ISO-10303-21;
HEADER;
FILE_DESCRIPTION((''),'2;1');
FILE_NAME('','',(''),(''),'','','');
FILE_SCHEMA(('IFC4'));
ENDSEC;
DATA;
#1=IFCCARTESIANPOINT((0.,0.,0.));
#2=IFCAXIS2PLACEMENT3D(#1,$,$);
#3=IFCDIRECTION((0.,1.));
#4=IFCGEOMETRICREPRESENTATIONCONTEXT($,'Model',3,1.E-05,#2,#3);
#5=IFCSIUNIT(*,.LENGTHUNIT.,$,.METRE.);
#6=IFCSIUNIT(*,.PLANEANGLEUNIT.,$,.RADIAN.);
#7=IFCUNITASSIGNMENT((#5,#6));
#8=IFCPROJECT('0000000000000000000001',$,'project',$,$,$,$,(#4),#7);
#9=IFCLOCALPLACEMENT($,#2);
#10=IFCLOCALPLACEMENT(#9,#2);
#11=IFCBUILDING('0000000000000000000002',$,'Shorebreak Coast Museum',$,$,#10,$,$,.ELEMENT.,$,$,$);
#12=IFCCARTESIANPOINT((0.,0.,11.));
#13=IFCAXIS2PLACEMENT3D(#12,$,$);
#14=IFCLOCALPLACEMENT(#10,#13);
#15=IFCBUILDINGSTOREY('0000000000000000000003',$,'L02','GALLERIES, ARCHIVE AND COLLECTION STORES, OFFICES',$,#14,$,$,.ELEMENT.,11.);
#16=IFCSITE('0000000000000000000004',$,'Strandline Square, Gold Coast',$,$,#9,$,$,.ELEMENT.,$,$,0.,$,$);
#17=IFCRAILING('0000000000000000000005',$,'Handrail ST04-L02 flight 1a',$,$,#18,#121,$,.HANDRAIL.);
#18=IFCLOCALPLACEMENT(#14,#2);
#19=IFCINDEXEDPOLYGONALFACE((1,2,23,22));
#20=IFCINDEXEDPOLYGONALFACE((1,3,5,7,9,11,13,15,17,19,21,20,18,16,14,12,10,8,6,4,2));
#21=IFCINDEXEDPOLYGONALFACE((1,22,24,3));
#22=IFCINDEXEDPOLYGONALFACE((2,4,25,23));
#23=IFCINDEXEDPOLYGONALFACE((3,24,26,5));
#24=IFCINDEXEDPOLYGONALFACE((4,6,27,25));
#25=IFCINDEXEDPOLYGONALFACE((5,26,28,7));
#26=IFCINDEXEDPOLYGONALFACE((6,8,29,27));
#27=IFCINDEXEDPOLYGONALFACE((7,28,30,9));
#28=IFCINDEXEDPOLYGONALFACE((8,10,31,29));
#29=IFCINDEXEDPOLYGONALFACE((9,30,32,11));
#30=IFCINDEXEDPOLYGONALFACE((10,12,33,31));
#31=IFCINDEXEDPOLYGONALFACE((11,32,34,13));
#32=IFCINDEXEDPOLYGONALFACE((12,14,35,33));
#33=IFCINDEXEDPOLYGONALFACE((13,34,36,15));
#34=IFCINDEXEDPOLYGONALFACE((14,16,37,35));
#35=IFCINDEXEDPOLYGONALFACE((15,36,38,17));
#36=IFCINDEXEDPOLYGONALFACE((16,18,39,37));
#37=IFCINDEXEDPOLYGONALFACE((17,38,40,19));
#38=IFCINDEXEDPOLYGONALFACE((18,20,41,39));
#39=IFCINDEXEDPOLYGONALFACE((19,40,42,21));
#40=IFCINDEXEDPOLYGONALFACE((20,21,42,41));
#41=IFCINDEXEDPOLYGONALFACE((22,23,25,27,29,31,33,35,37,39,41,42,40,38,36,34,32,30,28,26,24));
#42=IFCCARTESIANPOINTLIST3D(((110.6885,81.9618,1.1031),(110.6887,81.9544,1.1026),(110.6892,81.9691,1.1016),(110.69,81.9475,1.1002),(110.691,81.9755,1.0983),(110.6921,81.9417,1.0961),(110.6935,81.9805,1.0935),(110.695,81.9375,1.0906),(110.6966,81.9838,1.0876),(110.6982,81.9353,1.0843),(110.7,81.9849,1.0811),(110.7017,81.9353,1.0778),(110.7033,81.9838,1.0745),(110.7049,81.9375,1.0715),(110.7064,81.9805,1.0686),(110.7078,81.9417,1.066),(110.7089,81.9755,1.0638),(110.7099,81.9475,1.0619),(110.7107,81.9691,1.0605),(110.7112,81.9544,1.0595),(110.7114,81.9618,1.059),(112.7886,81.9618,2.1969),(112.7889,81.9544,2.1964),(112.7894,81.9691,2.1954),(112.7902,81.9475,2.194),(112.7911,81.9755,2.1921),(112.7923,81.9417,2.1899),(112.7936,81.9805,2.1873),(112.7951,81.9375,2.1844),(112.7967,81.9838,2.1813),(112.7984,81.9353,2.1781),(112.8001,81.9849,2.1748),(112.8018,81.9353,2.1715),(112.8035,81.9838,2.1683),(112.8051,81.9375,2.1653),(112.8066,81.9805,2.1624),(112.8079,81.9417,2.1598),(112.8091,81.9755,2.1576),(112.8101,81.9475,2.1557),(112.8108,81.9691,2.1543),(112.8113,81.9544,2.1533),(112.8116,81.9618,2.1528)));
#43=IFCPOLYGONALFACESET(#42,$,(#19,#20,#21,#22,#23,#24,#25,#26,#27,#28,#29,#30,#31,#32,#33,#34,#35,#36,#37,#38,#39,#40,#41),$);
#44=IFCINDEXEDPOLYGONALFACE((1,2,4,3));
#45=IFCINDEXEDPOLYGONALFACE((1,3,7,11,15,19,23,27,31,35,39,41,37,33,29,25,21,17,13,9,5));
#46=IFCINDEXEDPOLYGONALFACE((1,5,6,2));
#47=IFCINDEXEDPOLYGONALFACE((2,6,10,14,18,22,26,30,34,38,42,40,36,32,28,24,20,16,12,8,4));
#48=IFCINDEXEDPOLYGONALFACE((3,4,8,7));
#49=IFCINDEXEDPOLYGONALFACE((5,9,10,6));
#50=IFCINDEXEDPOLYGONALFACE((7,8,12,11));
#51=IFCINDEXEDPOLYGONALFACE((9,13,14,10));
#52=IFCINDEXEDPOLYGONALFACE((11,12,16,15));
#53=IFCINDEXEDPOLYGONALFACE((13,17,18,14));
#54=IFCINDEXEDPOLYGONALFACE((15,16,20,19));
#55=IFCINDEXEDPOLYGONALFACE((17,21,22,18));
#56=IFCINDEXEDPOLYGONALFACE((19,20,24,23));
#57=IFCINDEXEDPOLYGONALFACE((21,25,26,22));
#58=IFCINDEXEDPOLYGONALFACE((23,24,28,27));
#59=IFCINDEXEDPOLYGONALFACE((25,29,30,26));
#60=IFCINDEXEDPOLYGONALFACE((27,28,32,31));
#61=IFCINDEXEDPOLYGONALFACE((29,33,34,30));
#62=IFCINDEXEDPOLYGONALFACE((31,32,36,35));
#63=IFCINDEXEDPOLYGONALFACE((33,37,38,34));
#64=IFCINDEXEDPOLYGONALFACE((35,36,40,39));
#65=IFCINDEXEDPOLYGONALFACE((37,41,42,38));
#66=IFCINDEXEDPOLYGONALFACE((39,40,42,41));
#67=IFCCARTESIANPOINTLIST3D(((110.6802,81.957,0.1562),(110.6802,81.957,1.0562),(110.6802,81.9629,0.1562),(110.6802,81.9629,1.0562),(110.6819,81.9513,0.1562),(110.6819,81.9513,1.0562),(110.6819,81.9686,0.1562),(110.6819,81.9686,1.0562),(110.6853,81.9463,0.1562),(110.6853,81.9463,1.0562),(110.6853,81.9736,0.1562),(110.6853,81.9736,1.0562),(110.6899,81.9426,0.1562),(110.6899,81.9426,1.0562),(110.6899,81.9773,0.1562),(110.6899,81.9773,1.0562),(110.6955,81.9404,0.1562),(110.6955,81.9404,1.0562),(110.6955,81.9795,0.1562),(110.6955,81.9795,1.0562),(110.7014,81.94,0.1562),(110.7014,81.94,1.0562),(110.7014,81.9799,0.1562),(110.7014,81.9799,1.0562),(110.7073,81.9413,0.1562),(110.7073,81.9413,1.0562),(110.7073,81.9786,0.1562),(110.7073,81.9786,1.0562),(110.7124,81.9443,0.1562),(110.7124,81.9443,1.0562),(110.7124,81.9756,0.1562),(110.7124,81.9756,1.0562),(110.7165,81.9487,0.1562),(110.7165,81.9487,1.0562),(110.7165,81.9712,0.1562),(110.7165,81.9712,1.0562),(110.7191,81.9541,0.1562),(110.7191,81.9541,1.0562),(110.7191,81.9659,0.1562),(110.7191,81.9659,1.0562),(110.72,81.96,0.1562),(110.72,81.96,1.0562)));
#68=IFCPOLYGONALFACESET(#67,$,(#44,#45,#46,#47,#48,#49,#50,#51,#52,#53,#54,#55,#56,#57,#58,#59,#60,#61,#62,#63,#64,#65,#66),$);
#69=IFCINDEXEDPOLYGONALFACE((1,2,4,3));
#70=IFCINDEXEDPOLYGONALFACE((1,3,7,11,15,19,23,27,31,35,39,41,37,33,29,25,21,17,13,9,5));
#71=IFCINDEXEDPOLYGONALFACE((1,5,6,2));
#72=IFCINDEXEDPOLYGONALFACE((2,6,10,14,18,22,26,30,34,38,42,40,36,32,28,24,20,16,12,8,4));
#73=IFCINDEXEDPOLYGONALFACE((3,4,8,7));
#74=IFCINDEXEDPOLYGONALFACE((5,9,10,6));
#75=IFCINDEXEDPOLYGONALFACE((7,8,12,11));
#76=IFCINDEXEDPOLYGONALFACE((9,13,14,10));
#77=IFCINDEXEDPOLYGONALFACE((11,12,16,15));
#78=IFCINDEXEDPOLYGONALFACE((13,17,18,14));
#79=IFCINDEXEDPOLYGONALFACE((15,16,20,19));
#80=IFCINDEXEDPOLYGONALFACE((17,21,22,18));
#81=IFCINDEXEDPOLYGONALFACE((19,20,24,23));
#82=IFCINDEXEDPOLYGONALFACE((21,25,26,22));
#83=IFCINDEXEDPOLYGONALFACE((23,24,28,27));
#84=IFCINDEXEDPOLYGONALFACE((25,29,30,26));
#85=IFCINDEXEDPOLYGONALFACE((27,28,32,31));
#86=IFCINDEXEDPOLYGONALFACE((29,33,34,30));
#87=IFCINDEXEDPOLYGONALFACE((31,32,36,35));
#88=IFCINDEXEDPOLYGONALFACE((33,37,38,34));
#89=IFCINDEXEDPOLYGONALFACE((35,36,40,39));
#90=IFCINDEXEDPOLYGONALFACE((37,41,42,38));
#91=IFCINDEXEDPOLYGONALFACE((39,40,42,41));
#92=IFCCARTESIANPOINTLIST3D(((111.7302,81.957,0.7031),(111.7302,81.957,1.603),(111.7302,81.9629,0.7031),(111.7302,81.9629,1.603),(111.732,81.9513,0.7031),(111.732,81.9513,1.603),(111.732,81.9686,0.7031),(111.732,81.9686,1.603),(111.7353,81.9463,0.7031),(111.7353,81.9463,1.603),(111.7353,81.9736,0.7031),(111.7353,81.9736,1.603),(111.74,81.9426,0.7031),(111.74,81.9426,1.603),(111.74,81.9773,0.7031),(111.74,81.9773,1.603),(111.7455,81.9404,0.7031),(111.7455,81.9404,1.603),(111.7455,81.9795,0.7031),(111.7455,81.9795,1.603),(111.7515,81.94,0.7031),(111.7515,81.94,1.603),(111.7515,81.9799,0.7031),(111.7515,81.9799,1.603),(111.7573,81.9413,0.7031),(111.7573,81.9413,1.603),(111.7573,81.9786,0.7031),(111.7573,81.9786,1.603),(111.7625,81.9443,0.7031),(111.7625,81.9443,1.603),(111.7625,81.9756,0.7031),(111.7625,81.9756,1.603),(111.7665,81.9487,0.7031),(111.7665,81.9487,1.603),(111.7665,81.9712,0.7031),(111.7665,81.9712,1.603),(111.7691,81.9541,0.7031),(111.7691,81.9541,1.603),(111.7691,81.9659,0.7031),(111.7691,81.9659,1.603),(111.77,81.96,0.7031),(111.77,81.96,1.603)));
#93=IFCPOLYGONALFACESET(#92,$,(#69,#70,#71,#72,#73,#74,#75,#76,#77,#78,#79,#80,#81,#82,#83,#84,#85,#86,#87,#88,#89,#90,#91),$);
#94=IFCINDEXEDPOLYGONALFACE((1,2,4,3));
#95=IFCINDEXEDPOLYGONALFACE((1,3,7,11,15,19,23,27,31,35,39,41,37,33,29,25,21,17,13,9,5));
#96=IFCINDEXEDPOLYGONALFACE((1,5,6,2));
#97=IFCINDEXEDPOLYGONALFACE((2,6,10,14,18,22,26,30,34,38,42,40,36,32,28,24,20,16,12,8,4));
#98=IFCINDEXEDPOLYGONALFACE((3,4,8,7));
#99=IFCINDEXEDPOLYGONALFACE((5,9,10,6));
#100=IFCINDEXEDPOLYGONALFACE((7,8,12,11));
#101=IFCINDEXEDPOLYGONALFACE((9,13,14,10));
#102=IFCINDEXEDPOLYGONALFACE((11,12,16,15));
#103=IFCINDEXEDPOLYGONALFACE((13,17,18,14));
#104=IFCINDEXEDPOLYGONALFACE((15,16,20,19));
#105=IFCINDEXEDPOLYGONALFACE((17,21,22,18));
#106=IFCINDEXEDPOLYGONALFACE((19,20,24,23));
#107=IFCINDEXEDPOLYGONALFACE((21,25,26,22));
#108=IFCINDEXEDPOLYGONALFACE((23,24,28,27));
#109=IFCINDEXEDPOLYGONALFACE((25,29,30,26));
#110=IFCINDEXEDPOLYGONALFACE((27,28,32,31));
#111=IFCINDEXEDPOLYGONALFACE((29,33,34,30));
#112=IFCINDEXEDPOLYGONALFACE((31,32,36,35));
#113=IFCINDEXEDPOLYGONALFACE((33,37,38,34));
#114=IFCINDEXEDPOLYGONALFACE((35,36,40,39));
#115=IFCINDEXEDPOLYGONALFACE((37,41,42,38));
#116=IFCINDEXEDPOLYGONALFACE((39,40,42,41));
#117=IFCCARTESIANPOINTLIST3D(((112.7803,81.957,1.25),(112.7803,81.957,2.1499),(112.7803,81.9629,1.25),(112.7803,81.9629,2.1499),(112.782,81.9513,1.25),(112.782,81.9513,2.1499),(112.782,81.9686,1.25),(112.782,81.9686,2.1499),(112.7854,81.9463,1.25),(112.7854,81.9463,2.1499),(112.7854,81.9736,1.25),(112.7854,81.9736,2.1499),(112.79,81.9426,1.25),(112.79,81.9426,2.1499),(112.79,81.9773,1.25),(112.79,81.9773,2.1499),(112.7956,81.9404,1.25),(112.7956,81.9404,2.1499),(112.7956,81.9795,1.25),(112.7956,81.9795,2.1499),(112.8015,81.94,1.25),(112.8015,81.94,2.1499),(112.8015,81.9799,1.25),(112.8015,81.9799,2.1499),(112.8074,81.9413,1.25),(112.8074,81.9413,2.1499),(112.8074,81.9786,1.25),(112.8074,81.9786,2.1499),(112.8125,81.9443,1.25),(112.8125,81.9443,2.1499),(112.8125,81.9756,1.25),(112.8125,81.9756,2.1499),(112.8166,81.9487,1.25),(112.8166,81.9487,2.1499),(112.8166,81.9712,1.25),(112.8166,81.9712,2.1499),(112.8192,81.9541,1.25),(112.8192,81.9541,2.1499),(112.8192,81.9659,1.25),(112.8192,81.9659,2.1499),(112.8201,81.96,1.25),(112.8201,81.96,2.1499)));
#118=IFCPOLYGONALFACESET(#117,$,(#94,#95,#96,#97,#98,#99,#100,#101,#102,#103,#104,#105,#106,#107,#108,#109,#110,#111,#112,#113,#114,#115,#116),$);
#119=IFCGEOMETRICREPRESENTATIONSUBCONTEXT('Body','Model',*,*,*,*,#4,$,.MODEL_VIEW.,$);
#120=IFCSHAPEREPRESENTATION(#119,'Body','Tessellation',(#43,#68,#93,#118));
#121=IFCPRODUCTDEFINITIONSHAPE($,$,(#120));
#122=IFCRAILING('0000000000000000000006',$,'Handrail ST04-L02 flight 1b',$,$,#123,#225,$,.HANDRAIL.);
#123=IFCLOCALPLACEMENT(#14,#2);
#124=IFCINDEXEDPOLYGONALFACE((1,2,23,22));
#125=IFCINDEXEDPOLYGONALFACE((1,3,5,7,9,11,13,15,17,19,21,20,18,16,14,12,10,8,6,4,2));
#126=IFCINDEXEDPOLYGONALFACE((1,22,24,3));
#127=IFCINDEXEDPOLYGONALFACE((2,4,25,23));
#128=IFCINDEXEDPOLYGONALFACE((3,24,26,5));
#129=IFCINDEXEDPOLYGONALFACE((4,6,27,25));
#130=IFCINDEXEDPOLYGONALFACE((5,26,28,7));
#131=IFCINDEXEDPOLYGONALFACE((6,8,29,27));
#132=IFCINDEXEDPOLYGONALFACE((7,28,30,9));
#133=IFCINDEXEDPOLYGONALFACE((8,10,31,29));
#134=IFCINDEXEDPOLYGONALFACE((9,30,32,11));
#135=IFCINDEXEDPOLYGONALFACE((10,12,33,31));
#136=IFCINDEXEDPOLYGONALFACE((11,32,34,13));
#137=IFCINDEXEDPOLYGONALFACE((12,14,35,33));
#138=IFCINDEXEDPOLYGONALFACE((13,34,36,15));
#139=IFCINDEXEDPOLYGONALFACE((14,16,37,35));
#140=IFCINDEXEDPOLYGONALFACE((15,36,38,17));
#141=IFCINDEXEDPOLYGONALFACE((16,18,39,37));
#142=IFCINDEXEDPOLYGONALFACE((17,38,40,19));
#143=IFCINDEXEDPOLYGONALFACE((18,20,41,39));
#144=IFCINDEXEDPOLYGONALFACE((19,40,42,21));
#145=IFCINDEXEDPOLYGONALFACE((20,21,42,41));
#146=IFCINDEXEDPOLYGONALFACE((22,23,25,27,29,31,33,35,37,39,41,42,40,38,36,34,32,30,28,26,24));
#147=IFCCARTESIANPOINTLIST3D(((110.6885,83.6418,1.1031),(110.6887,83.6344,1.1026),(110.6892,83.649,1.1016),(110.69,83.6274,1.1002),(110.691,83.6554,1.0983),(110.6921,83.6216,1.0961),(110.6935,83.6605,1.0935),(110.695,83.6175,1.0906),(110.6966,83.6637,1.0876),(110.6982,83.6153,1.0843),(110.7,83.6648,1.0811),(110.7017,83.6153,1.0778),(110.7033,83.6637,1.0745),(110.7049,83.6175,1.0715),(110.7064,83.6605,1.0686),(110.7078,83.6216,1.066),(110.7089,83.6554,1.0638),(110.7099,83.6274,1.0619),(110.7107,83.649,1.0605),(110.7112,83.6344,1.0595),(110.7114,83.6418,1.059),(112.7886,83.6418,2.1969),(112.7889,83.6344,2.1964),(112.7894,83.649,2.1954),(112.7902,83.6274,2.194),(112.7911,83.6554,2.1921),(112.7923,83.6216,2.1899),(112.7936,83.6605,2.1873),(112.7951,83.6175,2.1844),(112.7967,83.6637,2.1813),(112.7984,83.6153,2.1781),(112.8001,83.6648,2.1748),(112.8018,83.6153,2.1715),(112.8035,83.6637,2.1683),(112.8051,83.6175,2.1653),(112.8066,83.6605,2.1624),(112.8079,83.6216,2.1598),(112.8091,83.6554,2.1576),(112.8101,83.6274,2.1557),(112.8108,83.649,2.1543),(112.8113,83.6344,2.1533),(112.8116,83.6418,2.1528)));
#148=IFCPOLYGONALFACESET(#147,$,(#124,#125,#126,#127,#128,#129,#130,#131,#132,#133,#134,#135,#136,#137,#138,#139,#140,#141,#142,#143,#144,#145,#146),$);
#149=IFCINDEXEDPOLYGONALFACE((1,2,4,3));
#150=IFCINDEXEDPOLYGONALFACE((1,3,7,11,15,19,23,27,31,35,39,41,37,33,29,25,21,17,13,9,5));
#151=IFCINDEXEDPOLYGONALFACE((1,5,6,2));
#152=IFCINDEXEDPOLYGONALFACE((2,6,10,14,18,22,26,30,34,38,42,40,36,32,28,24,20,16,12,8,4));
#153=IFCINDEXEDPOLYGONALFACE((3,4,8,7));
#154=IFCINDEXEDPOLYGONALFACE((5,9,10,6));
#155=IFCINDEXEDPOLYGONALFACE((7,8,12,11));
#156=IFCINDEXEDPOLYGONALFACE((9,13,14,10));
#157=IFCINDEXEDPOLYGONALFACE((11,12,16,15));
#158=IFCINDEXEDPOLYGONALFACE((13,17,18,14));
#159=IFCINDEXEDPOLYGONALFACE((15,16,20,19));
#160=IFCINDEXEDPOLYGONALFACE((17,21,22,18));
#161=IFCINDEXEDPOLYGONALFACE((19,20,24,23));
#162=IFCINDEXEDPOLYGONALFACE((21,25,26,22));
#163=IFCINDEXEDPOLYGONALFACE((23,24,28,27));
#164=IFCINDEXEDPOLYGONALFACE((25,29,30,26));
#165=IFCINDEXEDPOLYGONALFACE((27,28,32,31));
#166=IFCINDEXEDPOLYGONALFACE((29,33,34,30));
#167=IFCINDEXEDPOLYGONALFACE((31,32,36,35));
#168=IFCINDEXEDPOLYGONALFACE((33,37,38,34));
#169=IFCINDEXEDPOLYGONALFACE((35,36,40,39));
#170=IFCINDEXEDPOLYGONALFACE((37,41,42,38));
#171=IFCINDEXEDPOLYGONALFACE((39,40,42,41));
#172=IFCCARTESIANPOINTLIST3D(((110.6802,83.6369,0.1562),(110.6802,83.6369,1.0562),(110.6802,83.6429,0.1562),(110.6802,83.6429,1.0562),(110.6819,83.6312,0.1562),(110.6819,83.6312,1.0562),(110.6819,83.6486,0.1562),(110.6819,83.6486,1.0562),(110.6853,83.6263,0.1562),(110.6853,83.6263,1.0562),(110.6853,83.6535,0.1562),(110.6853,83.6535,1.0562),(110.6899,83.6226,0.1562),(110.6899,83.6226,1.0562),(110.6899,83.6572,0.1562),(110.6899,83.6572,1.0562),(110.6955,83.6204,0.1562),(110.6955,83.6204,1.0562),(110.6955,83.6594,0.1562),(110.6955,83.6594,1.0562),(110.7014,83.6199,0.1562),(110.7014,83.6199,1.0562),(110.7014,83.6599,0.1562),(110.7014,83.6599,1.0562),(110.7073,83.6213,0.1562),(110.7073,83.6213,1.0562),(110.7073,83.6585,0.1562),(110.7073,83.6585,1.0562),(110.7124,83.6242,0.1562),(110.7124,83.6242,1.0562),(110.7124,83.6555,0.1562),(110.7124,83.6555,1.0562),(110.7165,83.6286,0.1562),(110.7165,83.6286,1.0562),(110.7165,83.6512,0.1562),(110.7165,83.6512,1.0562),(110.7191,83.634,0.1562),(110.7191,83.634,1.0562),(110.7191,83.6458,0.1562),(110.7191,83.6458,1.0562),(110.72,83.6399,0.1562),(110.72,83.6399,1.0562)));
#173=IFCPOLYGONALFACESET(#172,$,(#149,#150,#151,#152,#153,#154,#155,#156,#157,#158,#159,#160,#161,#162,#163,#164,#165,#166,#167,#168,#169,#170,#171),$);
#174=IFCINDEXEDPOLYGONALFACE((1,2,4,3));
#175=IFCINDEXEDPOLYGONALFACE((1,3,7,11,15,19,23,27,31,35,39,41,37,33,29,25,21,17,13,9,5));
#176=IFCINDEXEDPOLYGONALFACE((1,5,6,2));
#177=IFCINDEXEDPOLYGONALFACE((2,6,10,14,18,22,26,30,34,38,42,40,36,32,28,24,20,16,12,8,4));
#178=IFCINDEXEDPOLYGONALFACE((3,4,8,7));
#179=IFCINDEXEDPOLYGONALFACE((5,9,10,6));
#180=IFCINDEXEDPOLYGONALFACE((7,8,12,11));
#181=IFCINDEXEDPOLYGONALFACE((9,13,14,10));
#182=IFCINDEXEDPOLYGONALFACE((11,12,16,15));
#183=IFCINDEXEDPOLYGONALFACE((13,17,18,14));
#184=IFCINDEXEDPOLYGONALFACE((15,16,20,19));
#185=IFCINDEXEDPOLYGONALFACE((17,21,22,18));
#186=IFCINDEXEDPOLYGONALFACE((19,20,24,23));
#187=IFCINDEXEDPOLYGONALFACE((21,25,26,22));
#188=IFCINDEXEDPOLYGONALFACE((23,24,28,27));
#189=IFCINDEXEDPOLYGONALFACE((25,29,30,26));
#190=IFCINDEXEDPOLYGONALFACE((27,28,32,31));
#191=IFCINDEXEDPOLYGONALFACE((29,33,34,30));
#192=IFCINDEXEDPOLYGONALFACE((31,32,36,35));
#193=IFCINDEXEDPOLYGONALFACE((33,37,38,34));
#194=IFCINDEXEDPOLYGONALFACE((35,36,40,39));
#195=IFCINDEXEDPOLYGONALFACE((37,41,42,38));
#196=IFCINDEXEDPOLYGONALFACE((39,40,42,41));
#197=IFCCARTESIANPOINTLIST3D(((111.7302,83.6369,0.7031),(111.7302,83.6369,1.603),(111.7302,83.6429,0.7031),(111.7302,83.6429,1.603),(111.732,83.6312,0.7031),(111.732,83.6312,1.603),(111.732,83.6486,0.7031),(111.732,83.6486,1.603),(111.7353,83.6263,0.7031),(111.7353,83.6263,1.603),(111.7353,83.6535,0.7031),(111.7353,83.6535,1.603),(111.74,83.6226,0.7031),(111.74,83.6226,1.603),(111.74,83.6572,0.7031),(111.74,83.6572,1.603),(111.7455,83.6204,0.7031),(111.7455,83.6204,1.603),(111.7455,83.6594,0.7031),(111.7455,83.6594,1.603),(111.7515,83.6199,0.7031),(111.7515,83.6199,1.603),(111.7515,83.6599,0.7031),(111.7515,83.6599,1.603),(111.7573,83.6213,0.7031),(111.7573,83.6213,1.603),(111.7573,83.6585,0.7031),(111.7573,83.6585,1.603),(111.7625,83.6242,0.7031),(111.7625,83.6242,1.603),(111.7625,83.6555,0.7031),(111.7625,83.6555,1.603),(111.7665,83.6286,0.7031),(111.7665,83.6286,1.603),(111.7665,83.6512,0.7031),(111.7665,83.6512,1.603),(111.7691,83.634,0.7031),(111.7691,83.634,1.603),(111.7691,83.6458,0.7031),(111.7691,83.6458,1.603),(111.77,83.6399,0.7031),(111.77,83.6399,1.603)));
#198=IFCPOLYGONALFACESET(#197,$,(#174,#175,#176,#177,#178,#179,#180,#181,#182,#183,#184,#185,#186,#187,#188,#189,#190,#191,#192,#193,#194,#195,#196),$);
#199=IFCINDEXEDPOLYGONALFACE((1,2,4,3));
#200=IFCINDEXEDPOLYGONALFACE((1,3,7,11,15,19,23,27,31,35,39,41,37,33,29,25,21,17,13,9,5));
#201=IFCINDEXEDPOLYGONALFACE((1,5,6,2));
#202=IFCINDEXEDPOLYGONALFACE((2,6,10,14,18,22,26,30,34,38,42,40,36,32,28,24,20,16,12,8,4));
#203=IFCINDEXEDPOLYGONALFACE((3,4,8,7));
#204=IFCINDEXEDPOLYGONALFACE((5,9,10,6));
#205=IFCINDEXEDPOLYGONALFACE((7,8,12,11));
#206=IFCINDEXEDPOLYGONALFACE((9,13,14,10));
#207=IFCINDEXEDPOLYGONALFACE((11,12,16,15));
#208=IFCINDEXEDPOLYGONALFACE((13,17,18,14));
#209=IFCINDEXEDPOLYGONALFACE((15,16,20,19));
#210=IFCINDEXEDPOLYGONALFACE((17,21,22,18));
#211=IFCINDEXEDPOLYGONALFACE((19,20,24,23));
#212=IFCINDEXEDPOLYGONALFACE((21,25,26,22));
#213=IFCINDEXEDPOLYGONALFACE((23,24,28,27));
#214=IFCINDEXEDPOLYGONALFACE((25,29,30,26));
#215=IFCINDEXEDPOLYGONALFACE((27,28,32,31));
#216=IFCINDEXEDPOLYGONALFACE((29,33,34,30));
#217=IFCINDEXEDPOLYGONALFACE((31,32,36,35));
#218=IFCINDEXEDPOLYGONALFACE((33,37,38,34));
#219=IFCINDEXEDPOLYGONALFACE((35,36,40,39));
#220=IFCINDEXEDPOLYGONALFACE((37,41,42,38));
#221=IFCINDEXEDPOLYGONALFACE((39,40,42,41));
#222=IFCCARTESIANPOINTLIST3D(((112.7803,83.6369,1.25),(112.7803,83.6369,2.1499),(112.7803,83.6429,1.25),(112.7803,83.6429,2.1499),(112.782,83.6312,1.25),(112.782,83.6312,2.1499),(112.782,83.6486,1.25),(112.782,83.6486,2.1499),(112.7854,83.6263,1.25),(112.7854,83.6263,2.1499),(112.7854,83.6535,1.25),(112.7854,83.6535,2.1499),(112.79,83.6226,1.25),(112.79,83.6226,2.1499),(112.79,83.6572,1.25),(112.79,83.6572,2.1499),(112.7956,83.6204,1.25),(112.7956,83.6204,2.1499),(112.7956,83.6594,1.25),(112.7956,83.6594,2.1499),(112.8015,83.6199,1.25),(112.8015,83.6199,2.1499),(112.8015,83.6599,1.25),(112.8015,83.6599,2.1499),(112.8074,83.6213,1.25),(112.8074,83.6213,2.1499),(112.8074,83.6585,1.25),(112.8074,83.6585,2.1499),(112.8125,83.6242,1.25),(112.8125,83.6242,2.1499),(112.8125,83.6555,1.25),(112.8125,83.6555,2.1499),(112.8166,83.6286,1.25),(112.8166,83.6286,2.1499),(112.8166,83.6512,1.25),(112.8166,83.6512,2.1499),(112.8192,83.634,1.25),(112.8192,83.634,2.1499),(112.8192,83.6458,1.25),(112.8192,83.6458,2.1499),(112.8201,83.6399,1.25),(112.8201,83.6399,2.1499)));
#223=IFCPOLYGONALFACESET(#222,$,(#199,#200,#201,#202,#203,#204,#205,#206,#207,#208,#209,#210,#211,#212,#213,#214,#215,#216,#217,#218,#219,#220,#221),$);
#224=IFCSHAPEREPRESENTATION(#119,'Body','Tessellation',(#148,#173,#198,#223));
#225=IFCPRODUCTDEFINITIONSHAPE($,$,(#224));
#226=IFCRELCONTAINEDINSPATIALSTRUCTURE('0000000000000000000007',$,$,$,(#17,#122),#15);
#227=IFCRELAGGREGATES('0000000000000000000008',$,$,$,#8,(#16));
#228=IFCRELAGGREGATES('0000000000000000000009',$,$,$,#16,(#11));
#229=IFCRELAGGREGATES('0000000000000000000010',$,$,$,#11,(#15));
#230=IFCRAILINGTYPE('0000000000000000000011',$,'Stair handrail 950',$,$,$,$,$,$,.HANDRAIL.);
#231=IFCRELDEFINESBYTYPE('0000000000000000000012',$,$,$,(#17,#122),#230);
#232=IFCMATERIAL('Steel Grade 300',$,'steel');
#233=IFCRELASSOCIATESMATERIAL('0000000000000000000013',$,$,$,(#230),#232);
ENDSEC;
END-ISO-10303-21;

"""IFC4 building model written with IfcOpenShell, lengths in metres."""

from ifc_helpers import new_model, si_unit, direction, frame, origin, origin_2d, place, context, subcontext, project, spatial, circle, extrude, material, type_object, element, save


model = new_model("IFC4")

# Units and contexts
model_context = context("Model", 3, precision=1e-05, world=origin(), true_north=direction((0.0, 1.0)))
body_context = subcontext(model_context, "Body", "Model", "MODEL_VIEW")
ifc_project = project(units=[si_unit("LENGTHUNIT", "METRE"), si_unit("PLANEANGLEUNIT", "RADIAN")], contexts=[model_context])

# Site, building, storey
site_placement = place(None, origin())
site = spatial("IfcSite", under=ifc_project, at=site_placement, Name="Strandline Square, Gold Coast", CompositionType="ELEMENT", RefElevation=0.0)
building_placement = place(site_placement, origin())
building = spatial("IfcBuilding", under=site, at=building_placement, Name="Shorebreak Coast Museum", CompositionType="ELEMENT")
storey_placement = place(building_placement, frame((0.0, 0.0, 11.0)))
storey = spatial("IfcBuildingStorey", under=building, at=storey_placement, Name="L02", Description="GALLERIES, ARCHIVE AND COLLECTION STORES, OFFICES", CompositionType="ELEMENT", Elevation=11.0)

# Railings
ifc_material_1 = material(Name="Steel Grade 300", Category="steel")
railing_type_1 = type_object("IfcRailingType", Name="Stair handrail 950", PredefinedType="HANDRAIL", material=ifc_material_1)
for number, where, name in (
    (1, (110.7, 81.96, 0.1562), "Handrail ST04-L02 flight 1a"),
    (2, (110.7, 83.6399, 0.1562), "Handrail ST04-L02 flight 1b"),
):
    element("IfcRailing", number, at=place(storey_placement, frame(where)), inside=storey, type_object=railing_type_1, Name=name, PredefinedType="HANDRAIL", context=body_context, shape_type="SweptSolid", body=[
        extrude(circle(Radius=0.0249, at=origin_2d()), frame((0.0, 0.0, 0.9248), z_axis=(0.886923, 0.0, 0.461918), x_axis=(0.0, 1.0, 0.0)), (0.0, 0.0, 1.0), 2.3679),
        extrude(circle(Radius=0.02, at=origin_2d()), origin(), (0.0, 0.0, 1.0), 0.8999),
        extrude(circle(Radius=0.02, at=origin_2d()), frame((1.05, 0.0, 0.5469)), (0.0, 0.0, 1.0), 0.8999),
        extrude(circle(Radius=0.02, at=origin_2d()), frame((2.1001, 0.0, 1.0938)), (0.0, 0.0, 1.0), 0.8999),
    ])

save(model, "model.ifc")
